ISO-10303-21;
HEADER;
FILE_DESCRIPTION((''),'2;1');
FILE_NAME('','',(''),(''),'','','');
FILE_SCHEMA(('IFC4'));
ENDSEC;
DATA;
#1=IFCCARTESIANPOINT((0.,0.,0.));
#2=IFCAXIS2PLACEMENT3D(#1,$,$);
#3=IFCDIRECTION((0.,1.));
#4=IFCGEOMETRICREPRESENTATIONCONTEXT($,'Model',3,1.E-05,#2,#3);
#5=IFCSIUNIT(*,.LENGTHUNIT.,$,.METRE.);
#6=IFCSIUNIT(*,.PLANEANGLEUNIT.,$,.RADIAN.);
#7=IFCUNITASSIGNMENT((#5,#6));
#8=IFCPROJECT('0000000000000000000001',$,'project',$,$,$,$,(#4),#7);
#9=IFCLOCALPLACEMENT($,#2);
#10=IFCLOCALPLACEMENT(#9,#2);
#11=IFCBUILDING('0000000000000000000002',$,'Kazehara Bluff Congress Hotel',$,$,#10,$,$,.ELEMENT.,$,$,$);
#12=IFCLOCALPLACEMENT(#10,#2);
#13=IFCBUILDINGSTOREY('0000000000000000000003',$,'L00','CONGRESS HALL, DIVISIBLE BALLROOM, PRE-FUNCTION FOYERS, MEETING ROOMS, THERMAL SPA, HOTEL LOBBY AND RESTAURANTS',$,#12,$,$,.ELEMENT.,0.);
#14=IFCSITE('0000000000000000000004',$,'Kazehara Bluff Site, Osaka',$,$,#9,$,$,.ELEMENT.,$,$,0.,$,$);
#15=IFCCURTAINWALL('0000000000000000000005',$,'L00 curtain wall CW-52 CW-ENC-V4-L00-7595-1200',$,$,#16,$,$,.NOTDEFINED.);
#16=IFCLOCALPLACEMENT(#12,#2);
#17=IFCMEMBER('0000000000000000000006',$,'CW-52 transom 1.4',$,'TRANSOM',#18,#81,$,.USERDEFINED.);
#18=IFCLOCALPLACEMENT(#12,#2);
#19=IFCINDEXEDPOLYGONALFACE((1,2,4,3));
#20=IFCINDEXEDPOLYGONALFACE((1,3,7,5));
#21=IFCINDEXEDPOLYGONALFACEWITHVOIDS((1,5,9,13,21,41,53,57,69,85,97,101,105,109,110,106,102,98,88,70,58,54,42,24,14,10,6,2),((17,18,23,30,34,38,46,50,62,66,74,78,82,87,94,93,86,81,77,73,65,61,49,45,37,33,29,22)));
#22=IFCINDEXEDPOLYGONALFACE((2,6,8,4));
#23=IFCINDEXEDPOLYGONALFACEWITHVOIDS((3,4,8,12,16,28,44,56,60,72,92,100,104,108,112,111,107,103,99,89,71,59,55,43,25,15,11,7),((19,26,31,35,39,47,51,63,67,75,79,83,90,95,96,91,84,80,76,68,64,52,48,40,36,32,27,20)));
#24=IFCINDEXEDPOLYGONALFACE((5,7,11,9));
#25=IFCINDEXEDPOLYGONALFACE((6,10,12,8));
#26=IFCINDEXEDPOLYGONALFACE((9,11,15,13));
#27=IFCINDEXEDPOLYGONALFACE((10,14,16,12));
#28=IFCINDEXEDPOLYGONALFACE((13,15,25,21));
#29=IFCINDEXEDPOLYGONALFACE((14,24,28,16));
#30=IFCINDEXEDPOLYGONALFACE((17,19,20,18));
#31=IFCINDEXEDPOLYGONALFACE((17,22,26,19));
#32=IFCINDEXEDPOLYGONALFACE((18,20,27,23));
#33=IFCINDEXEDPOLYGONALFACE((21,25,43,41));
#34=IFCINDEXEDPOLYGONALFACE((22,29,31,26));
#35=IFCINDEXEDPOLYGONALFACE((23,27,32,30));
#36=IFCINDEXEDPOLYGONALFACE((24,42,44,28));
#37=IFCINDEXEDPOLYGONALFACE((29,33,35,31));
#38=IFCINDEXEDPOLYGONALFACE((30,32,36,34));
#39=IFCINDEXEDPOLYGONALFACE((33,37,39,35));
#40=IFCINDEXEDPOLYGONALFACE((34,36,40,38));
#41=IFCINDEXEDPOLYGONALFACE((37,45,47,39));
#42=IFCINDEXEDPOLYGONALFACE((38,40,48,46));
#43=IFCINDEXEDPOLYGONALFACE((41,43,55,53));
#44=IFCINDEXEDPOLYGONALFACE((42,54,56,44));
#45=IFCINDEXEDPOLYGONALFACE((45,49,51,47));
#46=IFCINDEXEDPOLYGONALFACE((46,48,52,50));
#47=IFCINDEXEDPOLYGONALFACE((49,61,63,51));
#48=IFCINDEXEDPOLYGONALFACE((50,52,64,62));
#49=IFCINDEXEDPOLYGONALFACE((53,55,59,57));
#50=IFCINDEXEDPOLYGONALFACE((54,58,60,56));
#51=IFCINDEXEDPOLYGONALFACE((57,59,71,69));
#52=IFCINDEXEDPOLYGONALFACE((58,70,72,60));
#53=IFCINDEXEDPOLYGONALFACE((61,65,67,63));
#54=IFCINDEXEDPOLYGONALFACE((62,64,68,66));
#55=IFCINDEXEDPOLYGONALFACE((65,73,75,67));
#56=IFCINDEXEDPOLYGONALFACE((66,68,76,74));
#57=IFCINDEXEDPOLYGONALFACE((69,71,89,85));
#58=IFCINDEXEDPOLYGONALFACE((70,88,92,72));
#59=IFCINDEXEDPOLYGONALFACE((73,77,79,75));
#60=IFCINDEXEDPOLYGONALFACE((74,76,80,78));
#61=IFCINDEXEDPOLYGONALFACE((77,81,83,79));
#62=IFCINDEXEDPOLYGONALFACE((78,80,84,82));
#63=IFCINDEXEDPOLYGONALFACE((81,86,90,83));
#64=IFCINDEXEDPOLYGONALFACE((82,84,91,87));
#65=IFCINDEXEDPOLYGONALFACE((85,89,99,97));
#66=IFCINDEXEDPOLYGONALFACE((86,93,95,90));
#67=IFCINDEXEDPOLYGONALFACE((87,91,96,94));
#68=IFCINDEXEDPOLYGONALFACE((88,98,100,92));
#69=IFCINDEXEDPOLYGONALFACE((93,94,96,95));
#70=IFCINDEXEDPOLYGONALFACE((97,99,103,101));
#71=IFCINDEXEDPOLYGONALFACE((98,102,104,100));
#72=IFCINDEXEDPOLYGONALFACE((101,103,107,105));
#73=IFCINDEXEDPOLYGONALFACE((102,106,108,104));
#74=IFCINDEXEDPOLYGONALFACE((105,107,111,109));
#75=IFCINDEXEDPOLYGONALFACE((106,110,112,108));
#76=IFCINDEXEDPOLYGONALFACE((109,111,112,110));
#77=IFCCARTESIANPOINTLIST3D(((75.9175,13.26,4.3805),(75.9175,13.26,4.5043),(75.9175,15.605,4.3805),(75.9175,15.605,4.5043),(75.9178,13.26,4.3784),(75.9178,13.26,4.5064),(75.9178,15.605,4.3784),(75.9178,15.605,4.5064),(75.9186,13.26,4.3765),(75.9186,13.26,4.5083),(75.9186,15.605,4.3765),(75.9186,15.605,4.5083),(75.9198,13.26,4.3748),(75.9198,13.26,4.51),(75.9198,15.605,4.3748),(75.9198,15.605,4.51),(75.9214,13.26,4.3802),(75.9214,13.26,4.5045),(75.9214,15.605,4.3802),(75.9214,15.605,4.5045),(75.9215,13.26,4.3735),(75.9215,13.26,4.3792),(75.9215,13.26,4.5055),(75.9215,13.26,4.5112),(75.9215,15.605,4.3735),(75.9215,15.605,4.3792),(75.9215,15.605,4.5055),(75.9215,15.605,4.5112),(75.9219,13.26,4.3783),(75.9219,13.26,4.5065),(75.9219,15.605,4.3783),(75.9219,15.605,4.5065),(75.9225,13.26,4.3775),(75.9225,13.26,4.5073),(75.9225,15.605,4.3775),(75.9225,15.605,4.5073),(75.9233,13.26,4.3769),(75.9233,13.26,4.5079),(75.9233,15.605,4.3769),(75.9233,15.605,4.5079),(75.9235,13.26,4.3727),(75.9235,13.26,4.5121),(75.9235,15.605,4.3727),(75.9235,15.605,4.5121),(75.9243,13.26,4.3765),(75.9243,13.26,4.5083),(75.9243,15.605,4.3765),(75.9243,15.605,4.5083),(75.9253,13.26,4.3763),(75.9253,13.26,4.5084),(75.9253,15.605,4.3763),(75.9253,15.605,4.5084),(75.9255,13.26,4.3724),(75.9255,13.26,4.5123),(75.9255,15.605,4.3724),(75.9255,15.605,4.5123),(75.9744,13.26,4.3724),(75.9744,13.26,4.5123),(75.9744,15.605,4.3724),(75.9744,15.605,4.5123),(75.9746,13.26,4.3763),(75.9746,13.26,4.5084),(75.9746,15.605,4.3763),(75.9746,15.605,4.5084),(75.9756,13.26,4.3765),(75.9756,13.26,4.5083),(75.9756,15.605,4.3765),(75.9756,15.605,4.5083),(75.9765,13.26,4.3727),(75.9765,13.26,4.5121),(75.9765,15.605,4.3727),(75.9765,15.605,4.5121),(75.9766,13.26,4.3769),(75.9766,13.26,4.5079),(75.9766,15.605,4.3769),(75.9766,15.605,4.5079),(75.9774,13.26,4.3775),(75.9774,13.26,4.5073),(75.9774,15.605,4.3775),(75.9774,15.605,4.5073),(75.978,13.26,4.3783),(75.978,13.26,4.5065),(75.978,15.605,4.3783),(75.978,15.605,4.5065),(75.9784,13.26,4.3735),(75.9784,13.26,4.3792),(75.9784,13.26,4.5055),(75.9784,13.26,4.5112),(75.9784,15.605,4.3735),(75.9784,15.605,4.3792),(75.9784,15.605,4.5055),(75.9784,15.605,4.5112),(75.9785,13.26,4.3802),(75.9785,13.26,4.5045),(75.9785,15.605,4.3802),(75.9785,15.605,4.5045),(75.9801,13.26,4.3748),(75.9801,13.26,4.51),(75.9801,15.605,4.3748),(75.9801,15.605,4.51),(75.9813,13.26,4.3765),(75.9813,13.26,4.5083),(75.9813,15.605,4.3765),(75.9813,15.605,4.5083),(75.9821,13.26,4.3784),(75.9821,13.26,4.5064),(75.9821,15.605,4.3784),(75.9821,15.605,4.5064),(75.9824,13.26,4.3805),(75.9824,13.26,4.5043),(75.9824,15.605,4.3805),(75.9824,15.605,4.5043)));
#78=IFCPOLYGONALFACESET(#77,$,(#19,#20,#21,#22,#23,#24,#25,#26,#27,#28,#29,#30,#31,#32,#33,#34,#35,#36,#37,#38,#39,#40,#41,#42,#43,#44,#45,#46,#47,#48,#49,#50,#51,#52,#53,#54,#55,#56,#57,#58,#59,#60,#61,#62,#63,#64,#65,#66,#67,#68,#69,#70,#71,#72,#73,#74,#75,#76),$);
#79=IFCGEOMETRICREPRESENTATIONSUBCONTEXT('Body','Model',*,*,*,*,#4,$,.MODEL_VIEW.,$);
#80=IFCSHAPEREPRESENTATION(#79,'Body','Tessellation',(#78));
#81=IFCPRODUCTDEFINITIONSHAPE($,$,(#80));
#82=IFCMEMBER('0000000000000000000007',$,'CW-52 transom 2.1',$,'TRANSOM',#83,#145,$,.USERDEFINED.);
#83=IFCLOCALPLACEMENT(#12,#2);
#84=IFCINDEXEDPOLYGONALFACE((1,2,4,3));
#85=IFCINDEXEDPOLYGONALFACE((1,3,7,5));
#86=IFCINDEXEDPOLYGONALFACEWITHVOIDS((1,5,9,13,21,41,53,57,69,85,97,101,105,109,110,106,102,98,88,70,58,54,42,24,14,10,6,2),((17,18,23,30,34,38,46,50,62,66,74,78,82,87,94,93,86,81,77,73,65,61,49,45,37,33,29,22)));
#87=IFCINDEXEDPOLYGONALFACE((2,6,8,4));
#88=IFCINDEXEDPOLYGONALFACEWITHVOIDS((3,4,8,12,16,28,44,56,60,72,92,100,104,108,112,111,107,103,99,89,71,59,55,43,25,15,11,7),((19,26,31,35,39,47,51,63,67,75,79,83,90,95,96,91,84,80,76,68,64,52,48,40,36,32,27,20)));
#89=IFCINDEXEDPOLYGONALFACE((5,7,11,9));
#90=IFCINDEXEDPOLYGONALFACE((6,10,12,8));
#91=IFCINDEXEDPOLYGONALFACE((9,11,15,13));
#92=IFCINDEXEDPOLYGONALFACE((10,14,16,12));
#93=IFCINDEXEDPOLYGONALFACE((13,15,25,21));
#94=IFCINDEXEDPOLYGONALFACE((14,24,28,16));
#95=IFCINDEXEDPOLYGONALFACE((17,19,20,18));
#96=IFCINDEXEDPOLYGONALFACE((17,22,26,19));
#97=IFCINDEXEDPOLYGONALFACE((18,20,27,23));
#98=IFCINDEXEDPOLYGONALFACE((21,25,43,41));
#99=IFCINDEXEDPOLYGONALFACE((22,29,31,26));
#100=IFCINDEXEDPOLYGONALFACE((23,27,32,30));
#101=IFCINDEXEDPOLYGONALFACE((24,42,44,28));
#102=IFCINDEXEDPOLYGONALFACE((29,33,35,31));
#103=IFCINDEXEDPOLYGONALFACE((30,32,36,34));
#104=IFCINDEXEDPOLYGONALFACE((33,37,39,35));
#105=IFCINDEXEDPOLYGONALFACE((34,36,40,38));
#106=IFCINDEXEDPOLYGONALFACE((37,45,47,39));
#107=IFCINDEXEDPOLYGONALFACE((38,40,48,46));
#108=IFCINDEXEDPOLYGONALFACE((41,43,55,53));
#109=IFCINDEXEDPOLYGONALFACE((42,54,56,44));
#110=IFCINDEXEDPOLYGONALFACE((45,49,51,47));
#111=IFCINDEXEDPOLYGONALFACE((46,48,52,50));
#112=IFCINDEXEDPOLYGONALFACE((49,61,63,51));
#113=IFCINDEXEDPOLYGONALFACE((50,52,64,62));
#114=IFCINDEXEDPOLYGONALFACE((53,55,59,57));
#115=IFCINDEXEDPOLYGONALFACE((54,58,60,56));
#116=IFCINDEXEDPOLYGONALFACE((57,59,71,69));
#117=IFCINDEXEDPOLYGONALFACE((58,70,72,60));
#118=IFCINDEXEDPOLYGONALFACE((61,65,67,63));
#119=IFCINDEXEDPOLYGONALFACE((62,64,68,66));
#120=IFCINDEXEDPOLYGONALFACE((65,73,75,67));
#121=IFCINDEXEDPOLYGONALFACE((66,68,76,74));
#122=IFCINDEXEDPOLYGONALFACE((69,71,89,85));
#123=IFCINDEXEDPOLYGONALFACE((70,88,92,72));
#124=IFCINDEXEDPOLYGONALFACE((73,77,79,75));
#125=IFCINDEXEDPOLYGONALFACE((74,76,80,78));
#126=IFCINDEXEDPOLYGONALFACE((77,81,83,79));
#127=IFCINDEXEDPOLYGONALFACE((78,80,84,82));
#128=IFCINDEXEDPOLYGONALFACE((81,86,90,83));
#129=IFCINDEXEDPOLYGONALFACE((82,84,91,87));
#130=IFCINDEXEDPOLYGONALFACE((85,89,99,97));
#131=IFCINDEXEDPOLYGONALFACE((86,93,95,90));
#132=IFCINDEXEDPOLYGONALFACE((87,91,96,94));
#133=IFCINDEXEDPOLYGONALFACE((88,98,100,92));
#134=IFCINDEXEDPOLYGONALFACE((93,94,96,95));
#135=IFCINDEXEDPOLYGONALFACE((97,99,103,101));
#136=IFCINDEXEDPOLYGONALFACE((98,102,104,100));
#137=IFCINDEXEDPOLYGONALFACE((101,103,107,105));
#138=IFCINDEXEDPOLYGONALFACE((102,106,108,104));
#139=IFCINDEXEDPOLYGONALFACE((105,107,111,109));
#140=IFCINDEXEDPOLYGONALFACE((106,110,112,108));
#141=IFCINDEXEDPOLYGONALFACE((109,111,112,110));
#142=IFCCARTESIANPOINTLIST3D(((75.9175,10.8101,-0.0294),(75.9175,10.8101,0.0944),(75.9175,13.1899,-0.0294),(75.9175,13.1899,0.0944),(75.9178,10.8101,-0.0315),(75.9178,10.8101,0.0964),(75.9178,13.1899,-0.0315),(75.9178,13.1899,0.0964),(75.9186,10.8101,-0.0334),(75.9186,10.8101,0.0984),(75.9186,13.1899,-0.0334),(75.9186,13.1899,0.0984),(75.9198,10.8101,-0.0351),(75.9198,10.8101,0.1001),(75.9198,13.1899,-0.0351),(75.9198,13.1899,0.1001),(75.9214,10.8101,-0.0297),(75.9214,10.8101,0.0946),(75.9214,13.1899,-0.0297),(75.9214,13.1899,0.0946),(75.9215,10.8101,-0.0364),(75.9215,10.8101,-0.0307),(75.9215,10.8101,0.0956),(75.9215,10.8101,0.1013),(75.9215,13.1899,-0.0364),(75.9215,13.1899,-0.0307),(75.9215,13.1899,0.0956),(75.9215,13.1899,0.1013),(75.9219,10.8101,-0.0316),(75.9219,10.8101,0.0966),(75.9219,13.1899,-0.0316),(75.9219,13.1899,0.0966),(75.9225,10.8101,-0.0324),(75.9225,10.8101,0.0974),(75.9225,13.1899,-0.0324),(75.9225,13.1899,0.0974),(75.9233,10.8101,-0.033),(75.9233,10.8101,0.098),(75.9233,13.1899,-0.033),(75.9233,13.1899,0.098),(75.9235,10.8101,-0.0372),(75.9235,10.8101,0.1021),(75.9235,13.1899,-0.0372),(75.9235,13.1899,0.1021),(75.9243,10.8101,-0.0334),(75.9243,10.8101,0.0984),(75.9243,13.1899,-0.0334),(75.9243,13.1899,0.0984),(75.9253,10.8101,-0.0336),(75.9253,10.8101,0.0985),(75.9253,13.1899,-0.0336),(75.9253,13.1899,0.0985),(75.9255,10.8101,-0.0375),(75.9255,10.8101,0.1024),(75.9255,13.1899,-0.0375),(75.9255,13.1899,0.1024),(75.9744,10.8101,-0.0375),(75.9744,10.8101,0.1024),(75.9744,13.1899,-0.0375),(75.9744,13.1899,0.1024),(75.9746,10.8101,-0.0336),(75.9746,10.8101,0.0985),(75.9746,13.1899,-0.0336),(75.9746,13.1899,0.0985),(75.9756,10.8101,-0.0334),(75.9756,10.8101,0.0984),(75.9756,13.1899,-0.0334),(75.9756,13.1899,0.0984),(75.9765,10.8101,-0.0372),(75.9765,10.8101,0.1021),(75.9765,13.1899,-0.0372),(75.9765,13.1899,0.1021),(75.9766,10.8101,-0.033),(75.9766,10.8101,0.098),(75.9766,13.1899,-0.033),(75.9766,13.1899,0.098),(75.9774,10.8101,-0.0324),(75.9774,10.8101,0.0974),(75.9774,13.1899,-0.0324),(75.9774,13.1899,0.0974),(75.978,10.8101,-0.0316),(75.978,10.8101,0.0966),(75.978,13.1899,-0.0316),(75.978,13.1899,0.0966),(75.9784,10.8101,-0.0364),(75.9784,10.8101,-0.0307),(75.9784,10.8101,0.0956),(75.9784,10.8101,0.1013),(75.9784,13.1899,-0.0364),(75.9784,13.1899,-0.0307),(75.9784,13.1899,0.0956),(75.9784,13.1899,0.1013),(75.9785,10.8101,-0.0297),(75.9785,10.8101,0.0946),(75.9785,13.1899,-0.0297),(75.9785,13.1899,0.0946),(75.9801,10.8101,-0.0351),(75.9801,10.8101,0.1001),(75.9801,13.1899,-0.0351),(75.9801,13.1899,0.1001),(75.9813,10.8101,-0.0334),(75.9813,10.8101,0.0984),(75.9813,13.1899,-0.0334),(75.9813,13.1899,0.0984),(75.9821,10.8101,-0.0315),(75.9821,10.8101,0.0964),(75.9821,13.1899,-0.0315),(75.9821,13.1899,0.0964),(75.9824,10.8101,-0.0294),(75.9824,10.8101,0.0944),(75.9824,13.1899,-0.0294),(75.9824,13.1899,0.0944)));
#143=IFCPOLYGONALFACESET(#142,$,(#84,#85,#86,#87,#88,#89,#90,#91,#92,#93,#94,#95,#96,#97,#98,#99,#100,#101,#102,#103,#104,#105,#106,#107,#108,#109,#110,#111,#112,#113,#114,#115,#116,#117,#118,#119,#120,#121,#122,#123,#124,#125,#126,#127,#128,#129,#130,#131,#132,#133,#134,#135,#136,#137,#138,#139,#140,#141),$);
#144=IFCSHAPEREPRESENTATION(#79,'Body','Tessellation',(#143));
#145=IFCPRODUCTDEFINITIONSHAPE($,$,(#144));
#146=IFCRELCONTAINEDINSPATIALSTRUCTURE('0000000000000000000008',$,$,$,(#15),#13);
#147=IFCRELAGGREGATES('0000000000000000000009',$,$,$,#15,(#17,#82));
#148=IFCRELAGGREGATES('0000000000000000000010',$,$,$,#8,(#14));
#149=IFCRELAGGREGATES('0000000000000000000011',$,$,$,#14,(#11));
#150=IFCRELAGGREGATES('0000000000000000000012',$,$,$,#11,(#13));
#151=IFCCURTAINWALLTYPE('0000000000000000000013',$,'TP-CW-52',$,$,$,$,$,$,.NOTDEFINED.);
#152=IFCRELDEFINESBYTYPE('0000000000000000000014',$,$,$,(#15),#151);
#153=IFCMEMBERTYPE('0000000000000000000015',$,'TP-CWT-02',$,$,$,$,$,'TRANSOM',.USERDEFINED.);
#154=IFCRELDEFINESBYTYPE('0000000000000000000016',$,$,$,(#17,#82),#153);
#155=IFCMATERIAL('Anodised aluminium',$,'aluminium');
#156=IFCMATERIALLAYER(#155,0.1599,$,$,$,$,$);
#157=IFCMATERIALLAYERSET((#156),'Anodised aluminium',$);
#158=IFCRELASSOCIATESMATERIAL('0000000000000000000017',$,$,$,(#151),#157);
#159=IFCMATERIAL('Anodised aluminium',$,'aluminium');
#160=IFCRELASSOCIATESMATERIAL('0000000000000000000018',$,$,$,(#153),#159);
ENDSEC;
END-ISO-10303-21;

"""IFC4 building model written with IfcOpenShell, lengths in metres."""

from ifc_helpers import new_model, si_unit, direction, frame, origin, origin_2d, place, context, subcontext, project, spatial, hollow_rectangle, extrude, material, layer, layer_set, material_profile, profile_set, type_object, element, aggregate, save


model = new_model("IFC4")

# Units and contexts
model_context = context("Model", 3, precision=1e-05, world=origin(), true_north=direction((0.0, 1.0)))
body_context = subcontext(model_context, "Body", "Model", "MODEL_VIEW")
ifc_project = project(units=[si_unit("LENGTHUNIT", "METRE"), si_unit("PLANEANGLEUNIT", "RADIAN")], contexts=[model_context])

# Site, building, storey
site_placement = place(None, origin())
site = spatial("IfcSite", under=ifc_project, at=site_placement, Name="Kazehara Bluff Site, Osaka", CompositionType="ELEMENT", RefElevation=0.0)
building_placement = place(site_placement, origin())
building = spatial("IfcBuilding", under=site, at=building_placement, Name="Kazehara Bluff Congress Hotel", CompositionType="ELEMENT")
storey_placement = place(building_placement, origin())
storey = spatial("IfcBuildingStorey", under=building, at=storey_placement, Name="L00", Description="CONGRESS HALL, DIVISIBLE BALLROOM, PRE-FUNCTION FOYERS, MEETING ROOMS, THERMAL SPA, HOTEL LOBBY AND RESTAURANTS", CompositionType="ELEMENT", Elevation=0.0)

# Curtain wall, members
ifc_material_1 = material(Name="Anodised aluminium", Category="aluminium")
ifc_layer_1 = layer(ifc_material_1, 0.1599)
ifc_layer_set_1 = layer_set([ifc_layer_1], Name="Anodised aluminium")
curtain_wall_type_1 = type_object("IfcCurtainWallType", Name="TP-CW-52", PredefinedType="NOTDEFINED", material=ifc_layer_set_1)
curtain_wall_1_placement = place(storey_placement, origin())
curtain_wall_1 = element("IfcCurtainWall", 1, at=curtain_wall_1_placement, inside=storey, type_object=curtain_wall_type_1, Name="L00 curtain wall CW-52 CW-ENC-V4-L00-7595-1200", PredefinedType="NOTDEFINED")
ifc_material_2 = material(Name="Anodised aluminium", Category="aluminium")
ifc_material_profile_1 = material_profile(ifc_material_2, hollow_rectangle(XDim=0.0649, YDim=0.1399, WallThickness=0.0039, InnerFilletRadius=0.0039, OuterFilletRadius=0.0081, at=origin_2d()))
ifc_profile_set_1 = profile_set([ifc_material_profile_1], Name="Anodised aluminium")
member_type_1 = type_object("IfcMemberType", Name="TP-CWT-02", ElementType="TRANSOM", PredefinedType="USERDEFINED", material=ifc_profile_set_1)
member_1_placement = place(storey_placement, frame((75.95, 15.605, 4.4424), z_axis=(0.0, -1.0, 0.0), x_axis=(1.0, 0.0, 0.0)))
member_1 = element("IfcMember", 2, at=member_1_placement, type_object=member_type_1, Name="CW-52 transom 1.4", ObjectType="TRANSOM", PredefinedType="USERDEFINED", context=body_context, shape_type="SweptSolid", body=[
    extrude(hollow_rectangle(XDim=0.0649, YDim=0.1399, WallThickness=0.0039, InnerFilletRadius=0.0039, OuterFilletRadius=0.0081, at=origin_2d()), origin(), (0.0, 0.0, 1.0), 2.345),
])
member_2_placement = place(storey_placement, frame((75.95, 13.1899, 0.0325), z_axis=(0.0, -1.0, 0.0), x_axis=(1.0, 0.0, 0.0)))
member_2 = element("IfcMember", 3, at=member_2_placement, type_object=member_type_1, Name="CW-52 transom 2.1", ObjectType="TRANSOM", PredefinedType="USERDEFINED", context=body_context, shape_type="SweptSolid", body=[
    extrude(hollow_rectangle(XDim=0.0649, YDim=0.1399, WallThickness=0.0039, InnerFilletRadius=0.0039, OuterFilletRadius=0.0081, at=origin_2d()), origin(), (0.0, 0.0, 1.0), 2.3799),
])

aggregate(curtain_wall_1, [member_1, member_2])

save(model, "model.ifc")
